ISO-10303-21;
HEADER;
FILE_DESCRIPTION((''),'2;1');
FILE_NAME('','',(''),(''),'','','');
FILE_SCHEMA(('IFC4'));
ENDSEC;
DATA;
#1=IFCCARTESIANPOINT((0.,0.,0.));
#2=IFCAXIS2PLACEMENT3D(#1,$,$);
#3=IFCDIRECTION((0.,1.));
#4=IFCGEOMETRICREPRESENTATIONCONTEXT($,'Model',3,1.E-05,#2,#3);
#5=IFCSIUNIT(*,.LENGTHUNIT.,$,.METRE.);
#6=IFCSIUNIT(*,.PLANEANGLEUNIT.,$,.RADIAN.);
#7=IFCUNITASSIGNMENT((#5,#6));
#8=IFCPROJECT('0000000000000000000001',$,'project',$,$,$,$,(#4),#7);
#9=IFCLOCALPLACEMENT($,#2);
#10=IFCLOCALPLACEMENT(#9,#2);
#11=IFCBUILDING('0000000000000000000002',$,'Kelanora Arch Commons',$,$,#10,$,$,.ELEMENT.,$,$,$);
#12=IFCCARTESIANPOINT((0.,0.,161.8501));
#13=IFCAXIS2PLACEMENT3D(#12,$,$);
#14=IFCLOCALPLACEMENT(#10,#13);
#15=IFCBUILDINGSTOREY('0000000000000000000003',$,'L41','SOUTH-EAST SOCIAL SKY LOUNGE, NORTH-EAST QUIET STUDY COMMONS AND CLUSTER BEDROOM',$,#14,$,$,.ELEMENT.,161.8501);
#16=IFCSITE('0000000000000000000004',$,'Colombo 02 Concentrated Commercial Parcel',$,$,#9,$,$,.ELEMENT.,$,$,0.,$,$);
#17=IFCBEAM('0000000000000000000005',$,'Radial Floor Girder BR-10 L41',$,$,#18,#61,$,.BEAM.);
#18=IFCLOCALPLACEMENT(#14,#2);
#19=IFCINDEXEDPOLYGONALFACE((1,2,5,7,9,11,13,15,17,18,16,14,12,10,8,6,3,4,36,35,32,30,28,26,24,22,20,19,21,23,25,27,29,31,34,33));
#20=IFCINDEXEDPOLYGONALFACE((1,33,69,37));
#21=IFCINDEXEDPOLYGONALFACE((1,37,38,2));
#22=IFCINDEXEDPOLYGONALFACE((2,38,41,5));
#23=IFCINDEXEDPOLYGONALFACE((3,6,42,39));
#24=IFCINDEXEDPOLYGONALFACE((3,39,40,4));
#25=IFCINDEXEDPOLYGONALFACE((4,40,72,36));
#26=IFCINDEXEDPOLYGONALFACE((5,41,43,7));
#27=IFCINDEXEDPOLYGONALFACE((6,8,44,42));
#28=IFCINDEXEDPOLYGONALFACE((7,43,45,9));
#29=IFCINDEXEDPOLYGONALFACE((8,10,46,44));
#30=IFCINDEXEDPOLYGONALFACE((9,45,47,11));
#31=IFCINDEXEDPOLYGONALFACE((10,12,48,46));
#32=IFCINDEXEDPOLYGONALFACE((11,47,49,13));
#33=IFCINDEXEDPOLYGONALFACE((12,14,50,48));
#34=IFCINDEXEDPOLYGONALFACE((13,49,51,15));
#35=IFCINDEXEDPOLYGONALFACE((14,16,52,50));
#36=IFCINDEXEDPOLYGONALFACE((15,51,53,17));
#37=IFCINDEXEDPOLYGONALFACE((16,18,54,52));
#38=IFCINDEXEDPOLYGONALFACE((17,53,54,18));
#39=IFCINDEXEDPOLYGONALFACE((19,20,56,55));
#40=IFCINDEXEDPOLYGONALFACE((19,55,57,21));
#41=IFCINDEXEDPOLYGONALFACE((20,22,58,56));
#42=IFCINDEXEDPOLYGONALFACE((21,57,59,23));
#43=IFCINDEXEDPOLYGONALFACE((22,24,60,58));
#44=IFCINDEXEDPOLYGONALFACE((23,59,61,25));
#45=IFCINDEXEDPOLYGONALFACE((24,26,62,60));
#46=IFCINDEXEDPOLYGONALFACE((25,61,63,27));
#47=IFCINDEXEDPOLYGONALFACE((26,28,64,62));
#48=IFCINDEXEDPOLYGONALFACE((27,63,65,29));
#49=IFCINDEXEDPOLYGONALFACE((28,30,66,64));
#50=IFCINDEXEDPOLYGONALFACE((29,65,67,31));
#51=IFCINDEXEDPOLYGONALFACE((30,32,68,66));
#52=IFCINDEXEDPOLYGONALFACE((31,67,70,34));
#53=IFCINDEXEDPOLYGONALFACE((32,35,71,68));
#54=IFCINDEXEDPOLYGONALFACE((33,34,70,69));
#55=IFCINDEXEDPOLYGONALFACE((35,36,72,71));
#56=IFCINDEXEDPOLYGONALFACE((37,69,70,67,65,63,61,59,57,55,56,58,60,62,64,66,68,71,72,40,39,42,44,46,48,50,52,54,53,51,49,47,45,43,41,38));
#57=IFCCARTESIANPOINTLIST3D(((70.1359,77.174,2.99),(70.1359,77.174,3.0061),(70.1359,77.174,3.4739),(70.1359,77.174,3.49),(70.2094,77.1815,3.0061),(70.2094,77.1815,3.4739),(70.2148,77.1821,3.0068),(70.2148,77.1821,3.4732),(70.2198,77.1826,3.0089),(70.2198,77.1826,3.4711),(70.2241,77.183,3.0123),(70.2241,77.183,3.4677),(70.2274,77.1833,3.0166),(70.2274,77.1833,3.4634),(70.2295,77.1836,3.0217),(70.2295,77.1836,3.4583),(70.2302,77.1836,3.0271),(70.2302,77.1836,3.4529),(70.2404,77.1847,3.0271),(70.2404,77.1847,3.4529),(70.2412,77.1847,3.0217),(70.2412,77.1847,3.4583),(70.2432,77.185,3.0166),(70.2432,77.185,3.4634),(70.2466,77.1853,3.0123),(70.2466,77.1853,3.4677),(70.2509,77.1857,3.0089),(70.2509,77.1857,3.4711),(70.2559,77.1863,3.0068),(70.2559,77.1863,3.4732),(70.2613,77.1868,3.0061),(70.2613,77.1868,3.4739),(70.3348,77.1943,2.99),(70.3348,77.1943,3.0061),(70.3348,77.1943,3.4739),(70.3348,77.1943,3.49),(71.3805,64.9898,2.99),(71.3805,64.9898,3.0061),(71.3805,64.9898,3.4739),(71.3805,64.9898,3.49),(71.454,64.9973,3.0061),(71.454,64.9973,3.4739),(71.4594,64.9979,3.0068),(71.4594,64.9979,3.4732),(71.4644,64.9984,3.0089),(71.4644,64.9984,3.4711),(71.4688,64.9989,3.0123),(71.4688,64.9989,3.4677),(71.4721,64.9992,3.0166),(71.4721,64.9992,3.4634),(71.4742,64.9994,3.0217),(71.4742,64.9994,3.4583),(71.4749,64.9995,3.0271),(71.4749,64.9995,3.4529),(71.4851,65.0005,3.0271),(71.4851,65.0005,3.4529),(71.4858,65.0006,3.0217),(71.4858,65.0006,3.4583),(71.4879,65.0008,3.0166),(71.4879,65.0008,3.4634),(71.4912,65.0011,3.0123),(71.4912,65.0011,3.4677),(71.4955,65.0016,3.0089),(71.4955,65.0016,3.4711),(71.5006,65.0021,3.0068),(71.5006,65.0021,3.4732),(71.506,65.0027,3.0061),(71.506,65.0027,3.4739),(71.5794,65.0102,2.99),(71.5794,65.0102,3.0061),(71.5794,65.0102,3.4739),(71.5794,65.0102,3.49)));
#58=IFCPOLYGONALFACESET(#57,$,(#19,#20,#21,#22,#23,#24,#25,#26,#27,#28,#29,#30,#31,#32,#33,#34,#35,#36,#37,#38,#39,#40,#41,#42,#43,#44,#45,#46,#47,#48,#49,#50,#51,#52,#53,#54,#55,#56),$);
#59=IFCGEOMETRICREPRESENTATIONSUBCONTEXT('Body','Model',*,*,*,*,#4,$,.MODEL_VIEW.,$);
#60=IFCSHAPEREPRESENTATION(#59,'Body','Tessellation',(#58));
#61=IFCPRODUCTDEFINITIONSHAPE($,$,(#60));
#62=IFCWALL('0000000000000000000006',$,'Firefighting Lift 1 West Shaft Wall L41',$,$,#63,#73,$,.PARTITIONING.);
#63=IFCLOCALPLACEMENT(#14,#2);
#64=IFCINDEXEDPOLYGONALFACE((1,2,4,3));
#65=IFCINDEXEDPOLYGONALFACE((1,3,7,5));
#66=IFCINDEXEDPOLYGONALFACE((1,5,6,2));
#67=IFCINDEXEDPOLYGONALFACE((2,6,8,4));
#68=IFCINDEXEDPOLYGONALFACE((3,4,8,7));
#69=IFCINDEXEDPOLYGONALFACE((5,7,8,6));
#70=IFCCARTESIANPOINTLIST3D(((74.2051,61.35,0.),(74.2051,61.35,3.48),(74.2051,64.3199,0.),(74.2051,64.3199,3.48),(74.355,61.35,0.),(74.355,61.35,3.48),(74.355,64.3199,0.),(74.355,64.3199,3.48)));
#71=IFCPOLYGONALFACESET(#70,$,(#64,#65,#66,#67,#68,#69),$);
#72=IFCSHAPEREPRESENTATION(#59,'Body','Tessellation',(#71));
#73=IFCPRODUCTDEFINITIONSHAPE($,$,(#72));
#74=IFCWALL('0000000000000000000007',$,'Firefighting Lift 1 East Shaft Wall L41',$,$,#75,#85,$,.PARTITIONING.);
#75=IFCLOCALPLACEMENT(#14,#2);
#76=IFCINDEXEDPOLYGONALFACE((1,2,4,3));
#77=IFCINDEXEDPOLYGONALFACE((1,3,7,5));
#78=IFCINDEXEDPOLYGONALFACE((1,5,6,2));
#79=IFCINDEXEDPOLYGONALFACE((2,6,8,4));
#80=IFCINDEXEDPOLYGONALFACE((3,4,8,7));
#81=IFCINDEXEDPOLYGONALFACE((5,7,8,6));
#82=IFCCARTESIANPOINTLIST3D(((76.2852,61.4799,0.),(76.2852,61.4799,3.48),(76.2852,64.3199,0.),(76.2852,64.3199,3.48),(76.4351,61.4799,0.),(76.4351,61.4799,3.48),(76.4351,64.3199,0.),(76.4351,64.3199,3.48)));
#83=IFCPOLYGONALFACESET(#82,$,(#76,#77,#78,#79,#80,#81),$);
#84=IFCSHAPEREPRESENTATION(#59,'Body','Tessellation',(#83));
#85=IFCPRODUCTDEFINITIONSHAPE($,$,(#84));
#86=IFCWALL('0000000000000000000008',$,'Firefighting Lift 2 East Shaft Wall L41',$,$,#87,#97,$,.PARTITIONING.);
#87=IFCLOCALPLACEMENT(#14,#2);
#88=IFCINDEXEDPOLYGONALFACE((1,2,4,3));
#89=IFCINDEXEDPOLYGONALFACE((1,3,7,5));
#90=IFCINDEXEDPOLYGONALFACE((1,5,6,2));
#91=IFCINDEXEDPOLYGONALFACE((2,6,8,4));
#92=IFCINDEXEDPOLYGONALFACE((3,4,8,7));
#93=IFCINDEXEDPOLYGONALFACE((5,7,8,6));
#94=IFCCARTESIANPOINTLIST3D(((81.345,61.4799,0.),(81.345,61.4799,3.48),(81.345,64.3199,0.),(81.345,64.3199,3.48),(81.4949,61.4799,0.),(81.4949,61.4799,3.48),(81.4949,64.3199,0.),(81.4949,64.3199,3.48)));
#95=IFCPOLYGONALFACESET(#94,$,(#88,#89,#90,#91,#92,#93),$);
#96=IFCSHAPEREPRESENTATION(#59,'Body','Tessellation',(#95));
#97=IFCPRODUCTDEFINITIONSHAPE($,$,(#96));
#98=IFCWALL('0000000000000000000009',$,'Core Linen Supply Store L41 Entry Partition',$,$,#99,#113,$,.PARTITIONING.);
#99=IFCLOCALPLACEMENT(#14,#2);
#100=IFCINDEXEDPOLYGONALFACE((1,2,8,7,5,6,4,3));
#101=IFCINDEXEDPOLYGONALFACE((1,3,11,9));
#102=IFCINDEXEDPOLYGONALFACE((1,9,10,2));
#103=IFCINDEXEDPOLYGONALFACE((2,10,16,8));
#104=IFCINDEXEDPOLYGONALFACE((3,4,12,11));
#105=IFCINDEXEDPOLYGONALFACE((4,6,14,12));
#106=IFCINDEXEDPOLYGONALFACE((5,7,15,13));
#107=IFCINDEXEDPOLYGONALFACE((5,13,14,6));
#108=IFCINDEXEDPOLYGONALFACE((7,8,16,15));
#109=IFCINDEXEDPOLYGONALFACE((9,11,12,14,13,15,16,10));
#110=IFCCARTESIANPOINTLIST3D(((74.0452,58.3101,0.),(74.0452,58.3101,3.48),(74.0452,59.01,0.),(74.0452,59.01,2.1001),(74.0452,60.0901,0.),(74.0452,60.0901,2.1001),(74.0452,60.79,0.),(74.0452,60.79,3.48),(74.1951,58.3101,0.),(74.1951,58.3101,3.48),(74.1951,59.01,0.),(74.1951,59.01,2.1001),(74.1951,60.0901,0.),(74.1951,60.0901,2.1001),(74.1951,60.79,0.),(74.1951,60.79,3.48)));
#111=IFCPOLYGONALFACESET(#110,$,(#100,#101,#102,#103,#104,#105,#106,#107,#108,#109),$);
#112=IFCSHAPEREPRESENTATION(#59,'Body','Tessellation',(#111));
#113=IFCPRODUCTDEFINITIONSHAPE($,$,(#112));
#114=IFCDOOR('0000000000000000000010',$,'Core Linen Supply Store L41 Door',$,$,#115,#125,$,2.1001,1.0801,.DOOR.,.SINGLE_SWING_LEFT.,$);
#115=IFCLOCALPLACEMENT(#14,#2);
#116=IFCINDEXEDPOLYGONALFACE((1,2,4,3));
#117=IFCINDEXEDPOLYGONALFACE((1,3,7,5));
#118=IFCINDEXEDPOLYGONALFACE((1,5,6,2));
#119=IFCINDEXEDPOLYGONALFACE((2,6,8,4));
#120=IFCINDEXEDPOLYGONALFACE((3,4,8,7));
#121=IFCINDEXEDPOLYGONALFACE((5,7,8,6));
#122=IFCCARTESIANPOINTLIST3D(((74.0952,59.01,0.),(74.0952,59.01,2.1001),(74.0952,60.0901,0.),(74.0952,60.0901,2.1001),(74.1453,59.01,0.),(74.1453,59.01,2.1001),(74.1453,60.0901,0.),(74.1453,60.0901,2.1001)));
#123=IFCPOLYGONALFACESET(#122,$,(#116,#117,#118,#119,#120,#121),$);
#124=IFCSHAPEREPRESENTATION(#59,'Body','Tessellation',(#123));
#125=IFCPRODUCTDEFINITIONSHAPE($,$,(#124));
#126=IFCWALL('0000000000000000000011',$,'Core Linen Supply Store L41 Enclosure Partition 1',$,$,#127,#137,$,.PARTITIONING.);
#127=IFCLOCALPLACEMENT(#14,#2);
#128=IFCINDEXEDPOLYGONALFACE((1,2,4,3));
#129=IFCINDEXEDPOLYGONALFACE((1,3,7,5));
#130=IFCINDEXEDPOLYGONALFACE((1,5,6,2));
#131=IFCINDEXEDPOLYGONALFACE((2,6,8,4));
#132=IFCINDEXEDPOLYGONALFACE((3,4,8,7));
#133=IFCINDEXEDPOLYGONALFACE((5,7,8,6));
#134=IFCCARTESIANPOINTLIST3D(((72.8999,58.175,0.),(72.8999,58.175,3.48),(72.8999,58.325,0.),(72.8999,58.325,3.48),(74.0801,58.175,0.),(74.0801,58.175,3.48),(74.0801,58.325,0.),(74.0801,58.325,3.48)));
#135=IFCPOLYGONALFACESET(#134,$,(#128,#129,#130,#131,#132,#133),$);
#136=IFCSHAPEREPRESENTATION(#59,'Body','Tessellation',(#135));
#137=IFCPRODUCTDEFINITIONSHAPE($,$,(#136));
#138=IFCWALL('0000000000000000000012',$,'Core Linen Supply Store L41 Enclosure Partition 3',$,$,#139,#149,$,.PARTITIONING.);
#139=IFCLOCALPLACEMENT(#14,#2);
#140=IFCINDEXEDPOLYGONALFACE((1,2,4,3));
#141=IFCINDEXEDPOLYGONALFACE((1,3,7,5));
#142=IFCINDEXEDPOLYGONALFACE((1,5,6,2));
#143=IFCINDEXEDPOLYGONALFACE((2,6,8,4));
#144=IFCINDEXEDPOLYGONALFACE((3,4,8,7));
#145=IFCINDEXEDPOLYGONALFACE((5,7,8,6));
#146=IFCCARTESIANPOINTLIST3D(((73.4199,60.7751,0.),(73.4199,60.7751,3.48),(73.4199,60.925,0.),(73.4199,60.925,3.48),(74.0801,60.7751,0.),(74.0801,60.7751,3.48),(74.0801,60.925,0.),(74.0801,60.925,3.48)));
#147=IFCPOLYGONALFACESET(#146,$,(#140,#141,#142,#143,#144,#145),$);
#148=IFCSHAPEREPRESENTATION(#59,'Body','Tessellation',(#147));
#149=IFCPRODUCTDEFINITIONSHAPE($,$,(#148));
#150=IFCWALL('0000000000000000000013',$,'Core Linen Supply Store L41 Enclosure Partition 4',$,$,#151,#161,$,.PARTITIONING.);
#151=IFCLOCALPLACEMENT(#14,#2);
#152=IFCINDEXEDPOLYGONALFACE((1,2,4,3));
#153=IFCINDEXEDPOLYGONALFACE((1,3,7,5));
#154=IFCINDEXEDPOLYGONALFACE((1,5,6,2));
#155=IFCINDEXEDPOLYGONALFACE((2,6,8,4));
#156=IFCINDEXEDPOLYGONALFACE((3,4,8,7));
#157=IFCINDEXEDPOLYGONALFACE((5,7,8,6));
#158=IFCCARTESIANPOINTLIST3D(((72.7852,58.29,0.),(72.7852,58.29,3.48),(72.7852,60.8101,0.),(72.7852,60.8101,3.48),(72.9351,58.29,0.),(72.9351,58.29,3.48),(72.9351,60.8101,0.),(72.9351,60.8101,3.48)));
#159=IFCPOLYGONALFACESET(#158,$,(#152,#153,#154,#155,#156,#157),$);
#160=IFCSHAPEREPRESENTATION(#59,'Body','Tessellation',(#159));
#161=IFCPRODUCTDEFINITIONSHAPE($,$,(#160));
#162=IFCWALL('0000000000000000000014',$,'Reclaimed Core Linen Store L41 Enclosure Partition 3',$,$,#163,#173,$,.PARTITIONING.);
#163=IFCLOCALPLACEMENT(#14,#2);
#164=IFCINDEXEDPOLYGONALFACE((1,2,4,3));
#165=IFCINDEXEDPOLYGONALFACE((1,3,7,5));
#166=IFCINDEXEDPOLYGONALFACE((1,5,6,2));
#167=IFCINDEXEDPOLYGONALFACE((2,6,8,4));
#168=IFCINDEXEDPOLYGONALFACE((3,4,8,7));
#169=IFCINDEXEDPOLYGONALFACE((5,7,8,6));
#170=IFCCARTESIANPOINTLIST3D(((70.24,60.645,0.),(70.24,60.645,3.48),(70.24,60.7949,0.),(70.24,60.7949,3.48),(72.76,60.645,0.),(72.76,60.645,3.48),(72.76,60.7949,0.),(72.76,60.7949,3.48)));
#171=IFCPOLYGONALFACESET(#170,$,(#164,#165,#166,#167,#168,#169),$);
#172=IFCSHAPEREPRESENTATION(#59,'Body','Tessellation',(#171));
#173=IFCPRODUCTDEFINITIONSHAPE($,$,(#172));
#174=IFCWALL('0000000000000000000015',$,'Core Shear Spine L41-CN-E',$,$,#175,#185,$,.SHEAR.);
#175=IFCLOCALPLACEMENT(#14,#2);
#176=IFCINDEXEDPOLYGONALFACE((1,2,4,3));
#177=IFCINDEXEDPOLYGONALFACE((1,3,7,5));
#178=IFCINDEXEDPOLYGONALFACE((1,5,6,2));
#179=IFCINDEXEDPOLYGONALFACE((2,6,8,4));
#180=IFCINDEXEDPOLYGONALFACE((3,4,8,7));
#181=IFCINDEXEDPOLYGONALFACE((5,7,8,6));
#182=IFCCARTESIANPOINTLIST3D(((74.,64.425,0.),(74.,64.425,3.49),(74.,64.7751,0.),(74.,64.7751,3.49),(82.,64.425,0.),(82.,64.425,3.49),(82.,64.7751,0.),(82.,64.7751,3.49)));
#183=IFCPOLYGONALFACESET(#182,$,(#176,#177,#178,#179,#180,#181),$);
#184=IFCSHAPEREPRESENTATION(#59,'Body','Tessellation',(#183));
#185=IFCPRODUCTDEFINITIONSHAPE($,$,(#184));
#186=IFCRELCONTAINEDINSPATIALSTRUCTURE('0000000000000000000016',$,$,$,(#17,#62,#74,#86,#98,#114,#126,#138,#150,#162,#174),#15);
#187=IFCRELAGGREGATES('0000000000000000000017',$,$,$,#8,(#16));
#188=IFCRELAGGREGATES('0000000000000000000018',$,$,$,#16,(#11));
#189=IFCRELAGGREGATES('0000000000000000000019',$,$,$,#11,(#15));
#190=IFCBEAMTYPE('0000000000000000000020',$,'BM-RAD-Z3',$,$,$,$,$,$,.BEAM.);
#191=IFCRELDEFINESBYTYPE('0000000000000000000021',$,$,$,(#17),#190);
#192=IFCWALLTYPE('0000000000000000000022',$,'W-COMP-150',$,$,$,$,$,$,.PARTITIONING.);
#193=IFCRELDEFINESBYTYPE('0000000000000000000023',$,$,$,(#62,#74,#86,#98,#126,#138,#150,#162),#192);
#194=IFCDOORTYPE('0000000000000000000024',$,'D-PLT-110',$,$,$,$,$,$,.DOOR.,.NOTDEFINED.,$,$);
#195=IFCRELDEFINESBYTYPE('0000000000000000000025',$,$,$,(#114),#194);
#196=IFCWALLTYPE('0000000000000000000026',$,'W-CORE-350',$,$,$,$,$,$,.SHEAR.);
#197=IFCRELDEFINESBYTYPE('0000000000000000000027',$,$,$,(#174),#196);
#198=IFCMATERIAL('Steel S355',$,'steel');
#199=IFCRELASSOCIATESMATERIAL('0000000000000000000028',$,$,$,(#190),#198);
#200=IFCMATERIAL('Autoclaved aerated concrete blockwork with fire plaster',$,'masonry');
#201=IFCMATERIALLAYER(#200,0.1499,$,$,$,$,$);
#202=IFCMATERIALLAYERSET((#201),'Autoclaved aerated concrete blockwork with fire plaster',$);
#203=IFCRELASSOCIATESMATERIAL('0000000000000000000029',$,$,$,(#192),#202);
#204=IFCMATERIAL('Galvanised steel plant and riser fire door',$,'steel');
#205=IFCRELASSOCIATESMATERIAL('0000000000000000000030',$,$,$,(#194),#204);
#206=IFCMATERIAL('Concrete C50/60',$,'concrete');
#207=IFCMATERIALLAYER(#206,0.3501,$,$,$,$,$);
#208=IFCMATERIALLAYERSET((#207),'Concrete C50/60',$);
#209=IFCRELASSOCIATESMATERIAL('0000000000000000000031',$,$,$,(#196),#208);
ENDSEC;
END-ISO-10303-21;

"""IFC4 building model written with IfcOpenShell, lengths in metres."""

from ifc_helpers import new_model, si_unit, direction, frame, frame_2d, origin, origin_2d, place, context, subcontext, project, spatial, rectangle, i_section, extrude, material, layer, layer_set, material_profile, profile_set, type_object, element, fill, save


model = new_model("IFC4")

# Units and contexts
model_context = context("Model", 3, precision=1e-05, world=origin(), true_north=direction((0.0, 1.0)))
body_context = subcontext(model_context, "Body", "Model", "MODEL_VIEW")
ifc_project = project(units=[si_unit("LENGTHUNIT", "METRE"), si_unit("PLANEANGLEUNIT", "RADIAN")], contexts=[model_context])

# Site, building, storey
site_placement = place(None, origin())
site = spatial("IfcSite", under=ifc_project, at=site_placement, Name="Colombo 02 Concentrated Commercial Parcel", CompositionType="ELEMENT", RefElevation=0.0)
building_placement = place(site_placement, origin())
building = spatial("IfcBuilding", under=site, at=building_placement, Name="Kelanora Arch Commons", CompositionType="ELEMENT")
storey_placement = place(building_placement, frame((0.0, 0.0, 161.8501)))
storey = spatial("IfcBuildingStorey", under=building, at=storey_placement, Name="L41", Description="SOUTH-EAST SOCIAL SKY LOUNGE, NORTH-EAST QUIET STUDY COMMONS AND CLUSTER BEDROOM", CompositionType="ELEMENT", Elevation=161.8501)

# Beam
ifc_material_1 = material(Name="Steel S355", Category="steel")
ifc_material_profile_1 = material_profile(ifc_material_1, i_section(OverallWidth=0.2, OverallDepth=0.5, WebThickness=0.0103, FlangeThickness=0.0161, FilletRadius=0.021, at=origin_2d()), Name="IPE500")
ifc_profile_set_1 = profile_set([ifc_material_profile_1], Name="Steel S355")
beam_type_1 = type_object("IfcBeamType", Name="BM-RAD-Z3", PredefinedType="BEAM", material=ifc_profile_set_1)
beam_1_placement = place(storey_placement, frame((71.48, 65.0, 3.24), z_axis=(-0.101623, 0.994823, 0.0), x_axis=(-0.994823, -0.101623, 0.0)))
element("IfcBeam", 1, at=beam_1_placement, inside=storey, type_object=beam_type_1, Name="Radial Floor Girder BR-10 L41", PredefinedType="BEAM", context=body_context, shape_type="SweptSolid", body=[
    extrude(i_section(OverallWidth=0.2, OverallDepth=0.5, WebThickness=0.0103, FlangeThickness=0.0161, FilletRadius=0.021, at=origin_2d()), origin(), (0.0, 0.0, 1.0), 12.2476),
])

# Walls
ifc_material_2 = material(Name="Autoclaved aerated concrete blockwork with fire plaster", Category="masonry")
ifc_layer_1 = layer(ifc_material_2, 0.1499)
ifc_layer_set_1 = layer_set([ifc_layer_1], Name="Autoclaved aerated concrete blockwork with fire plaster")
wall_type_1 = type_object("IfcWallType", Name="W-COMP-150", PredefinedType="PARTITIONING", material=ifc_layer_set_1)
wall_1_placement = place(storey_placement, frame((74.28, 61.3501, 0.0), z_axis=(0.0, 0.0, 1.0), x_axis=(0.0, 1.0, 0.0)))
element("IfcWall", 2, at=wall_1_placement, inside=storey, type_object=wall_type_1, Name="Firefighting Lift 1 West Shaft Wall L41", PredefinedType="PARTITIONING", context=body_context, shape_type="SweptSolid", body=[
    extrude(rectangle(XDim=2.97, YDim=0.1499, at=frame_2d((1.4849, 0.0))), origin(), (0.0, 0.0, 1.0), 3.48),
])
for number, where, z_axis, x_axis, name in (
    (3, (76.3601, 61.48, 0.0), (0.0, 0.0, 1.0), (0.0, 1.0, 0.0), "Firefighting Lift 1 East Shaft Wall L41"),
    (4, (81.4199, 61.48, 0.0), (0.0, 0.0, 1.0), (0.0, 1.0, 0.0), "Firefighting Lift 2 East Shaft Wall L41"),
):
    element("IfcWall", number, at=place(storey_placement, frame(where, z_axis=z_axis, x_axis=x_axis)), inside=storey, type_object=wall_type_1, Name=name, PredefinedType="PARTITIONING", context=body_context, shape_type="SweptSolid", body=[
        extrude(rectangle(XDim=2.8401, YDim=0.1499, at=frame_2d((1.4199, 0.0))), origin(), (0.0, 0.0, 1.0), 3.48),
    ])

# Wall, opening, door
wall_2_placement = place(storey_placement, frame((74.1201, 58.3101, 0.0), z_axis=(0.0, 0.0, 1.0), x_axis=(0.0, 1.0, 0.0)))
wall_2 = element("IfcWall", 5, at=wall_2_placement, inside=storey, type_object=wall_type_1, Name="Core Linen Supply Store L41 Entry Partition", PredefinedType="PARTITIONING", context=body_context, shape_type="SweptSolid", body=[
    extrude(rectangle(XDim=2.48, YDim=0.1499, at=frame_2d((1.24, 0.0))), origin(), (0.0, 0.0, 1.0), 3.48),
])
opening_1_placement = place(wall_2_placement, frame((0.7, 0.0, 0.0)))
opening_1 = element("IfcOpeningElement", 6, at=opening_1_placement, cuts=wall_2, PredefinedType="OPENING", context=body_context, shape_type="SweptSolid", body=[
    extrude(rectangle(XDim=1.0801, YDim=2.1001, at=frame_2d((0.54, 1.05))), frame((0.0, 0.085, 0.0), z_axis=(0.0, -1.0, 0.0), x_axis=(1.0, 0.0, 0.0)), (0.0, 0.0, 1.0), 0.1699),
])
ifc_material_3 = material(Name="Galvanised steel plant and riser fire door", Category="steel")
door_type_1 = type_object("IfcDoorType", Name="D-PLT-110", OperationType="NOTDEFINED", PredefinedType="DOOR", material=ifc_material_3)
door_1_placement = place(opening_1_placement, origin())
door_1 = element("IfcDoor", 7, at=door_1_placement, inside=storey, type_object=door_type_1, Name="Core Linen Supply Store L41 Door", OperationType="SINGLE_SWING_LEFT", OverallHeight=2.1001, OverallWidth=1.0801, PredefinedType="DOOR", context=body_context, shape_type="SweptSolid", body=[
    extrude(rectangle(XDim=1.0801, YDim=2.1001, at=frame_2d((0.54, 1.05))), frame((0.0, 0.0249, 0.0), z_axis=(0.0, -1.0, 0.0), x_axis=(1.0, 0.0, 0.0)), (0.0, 0.0, 1.0), 0.05),
])
fill(opening_1, door_1)

# Walls
wall_3_placement = place(storey_placement, frame((72.8999, 58.25, 0.0), z_axis=(0.0, 0.0, 1.0), x_axis=(1.0, 0.0, 0.0)))
element("IfcWall", 8, at=wall_3_placement, inside=storey, type_object=wall_type_1, Name="Core Linen Supply Store L41 Enclosure Partition 1", PredefinedType="PARTITIONING", context=body_context, shape_type="SweptSolid", body=[
    extrude(rectangle(XDim=1.1802, YDim=0.1499, at=frame_2d((0.5901, 0.0))), origin(), (0.0, 0.0, 1.0), 3.48),
])
wall_4_placement = place(storey_placement, frame((74.0801, 60.8501, 0.0), z_axis=(0.0, 0.0, 1.0), x_axis=(-1.0, 0.0, 0.0)))
element("IfcWall", 9, at=wall_4_placement, inside=storey, type_object=wall_type_1, Name="Core Linen Supply Store L41 Enclosure Partition 3", PredefinedType="PARTITIONING", context=body_context, shape_type="SweptSolid", body=[
    extrude(rectangle(XDim=0.6602, YDim=0.1499, at=frame_2d((0.3301, 0.0))), origin(), (0.0, 0.0, 1.0), 3.48),
])
for number, where, z_axis, x_axis, name in (
    (10, (72.8601, 60.8101, 0.0), (0.0, 0.0, 1.0), (0.0, -1.0, 0.0), "Core Linen Supply Store L41 Enclosure Partition 4"),
    (11, (72.76, 60.72, 0.0), (0.0, 0.0, 1.0), (-1.0, 0.0, 0.0), "Reclaimed Core Linen Store L41 Enclosure Partition 3"),
):
    element("IfcWall", number, at=place(storey_placement, frame(where, z_axis=z_axis, x_axis=x_axis)), inside=storey, type_object=wall_type_1, Name=name, PredefinedType="PARTITIONING", context=body_context, shape_type="SweptSolid", body=[
        extrude(rectangle(XDim=2.52, YDim=0.1499, at=frame_2d((1.26, 0.0))), origin(), (0.0, 0.0, 1.0), 3.48),
    ])
ifc_material_4 = material(Name="Concrete C50/60", Category="concrete")
ifc_layer_2 = layer(ifc_material_4, 0.3501)
ifc_layer_set_2 = layer_set([ifc_layer_2], Name="Concrete C50/60")
wall_type_2 = type_object("IfcWallType", Name="W-CORE-350", PredefinedType="SHEAR", material=ifc_layer_set_2)
wall_5_placement = place(storey_placement, frame((74.0, 64.6001, 0.0), z_axis=(0.0, 0.0, 1.0), x_axis=(1.0, 0.0, 0.0)))
element("IfcWall", 12, at=wall_5_placement, inside=storey, type_object=wall_type_2, Name="Core Shear Spine L41-CN-E", PredefinedType="SHEAR", context=body_context, shape_type="SweptSolid", body=[
    extrude(rectangle(XDim=8.0, YDim=0.3501, at=frame_2d((4.0, 0.0))), origin(), (0.0, 0.0, 1.0), 3.49),
])

save(model, "model.ifc")
